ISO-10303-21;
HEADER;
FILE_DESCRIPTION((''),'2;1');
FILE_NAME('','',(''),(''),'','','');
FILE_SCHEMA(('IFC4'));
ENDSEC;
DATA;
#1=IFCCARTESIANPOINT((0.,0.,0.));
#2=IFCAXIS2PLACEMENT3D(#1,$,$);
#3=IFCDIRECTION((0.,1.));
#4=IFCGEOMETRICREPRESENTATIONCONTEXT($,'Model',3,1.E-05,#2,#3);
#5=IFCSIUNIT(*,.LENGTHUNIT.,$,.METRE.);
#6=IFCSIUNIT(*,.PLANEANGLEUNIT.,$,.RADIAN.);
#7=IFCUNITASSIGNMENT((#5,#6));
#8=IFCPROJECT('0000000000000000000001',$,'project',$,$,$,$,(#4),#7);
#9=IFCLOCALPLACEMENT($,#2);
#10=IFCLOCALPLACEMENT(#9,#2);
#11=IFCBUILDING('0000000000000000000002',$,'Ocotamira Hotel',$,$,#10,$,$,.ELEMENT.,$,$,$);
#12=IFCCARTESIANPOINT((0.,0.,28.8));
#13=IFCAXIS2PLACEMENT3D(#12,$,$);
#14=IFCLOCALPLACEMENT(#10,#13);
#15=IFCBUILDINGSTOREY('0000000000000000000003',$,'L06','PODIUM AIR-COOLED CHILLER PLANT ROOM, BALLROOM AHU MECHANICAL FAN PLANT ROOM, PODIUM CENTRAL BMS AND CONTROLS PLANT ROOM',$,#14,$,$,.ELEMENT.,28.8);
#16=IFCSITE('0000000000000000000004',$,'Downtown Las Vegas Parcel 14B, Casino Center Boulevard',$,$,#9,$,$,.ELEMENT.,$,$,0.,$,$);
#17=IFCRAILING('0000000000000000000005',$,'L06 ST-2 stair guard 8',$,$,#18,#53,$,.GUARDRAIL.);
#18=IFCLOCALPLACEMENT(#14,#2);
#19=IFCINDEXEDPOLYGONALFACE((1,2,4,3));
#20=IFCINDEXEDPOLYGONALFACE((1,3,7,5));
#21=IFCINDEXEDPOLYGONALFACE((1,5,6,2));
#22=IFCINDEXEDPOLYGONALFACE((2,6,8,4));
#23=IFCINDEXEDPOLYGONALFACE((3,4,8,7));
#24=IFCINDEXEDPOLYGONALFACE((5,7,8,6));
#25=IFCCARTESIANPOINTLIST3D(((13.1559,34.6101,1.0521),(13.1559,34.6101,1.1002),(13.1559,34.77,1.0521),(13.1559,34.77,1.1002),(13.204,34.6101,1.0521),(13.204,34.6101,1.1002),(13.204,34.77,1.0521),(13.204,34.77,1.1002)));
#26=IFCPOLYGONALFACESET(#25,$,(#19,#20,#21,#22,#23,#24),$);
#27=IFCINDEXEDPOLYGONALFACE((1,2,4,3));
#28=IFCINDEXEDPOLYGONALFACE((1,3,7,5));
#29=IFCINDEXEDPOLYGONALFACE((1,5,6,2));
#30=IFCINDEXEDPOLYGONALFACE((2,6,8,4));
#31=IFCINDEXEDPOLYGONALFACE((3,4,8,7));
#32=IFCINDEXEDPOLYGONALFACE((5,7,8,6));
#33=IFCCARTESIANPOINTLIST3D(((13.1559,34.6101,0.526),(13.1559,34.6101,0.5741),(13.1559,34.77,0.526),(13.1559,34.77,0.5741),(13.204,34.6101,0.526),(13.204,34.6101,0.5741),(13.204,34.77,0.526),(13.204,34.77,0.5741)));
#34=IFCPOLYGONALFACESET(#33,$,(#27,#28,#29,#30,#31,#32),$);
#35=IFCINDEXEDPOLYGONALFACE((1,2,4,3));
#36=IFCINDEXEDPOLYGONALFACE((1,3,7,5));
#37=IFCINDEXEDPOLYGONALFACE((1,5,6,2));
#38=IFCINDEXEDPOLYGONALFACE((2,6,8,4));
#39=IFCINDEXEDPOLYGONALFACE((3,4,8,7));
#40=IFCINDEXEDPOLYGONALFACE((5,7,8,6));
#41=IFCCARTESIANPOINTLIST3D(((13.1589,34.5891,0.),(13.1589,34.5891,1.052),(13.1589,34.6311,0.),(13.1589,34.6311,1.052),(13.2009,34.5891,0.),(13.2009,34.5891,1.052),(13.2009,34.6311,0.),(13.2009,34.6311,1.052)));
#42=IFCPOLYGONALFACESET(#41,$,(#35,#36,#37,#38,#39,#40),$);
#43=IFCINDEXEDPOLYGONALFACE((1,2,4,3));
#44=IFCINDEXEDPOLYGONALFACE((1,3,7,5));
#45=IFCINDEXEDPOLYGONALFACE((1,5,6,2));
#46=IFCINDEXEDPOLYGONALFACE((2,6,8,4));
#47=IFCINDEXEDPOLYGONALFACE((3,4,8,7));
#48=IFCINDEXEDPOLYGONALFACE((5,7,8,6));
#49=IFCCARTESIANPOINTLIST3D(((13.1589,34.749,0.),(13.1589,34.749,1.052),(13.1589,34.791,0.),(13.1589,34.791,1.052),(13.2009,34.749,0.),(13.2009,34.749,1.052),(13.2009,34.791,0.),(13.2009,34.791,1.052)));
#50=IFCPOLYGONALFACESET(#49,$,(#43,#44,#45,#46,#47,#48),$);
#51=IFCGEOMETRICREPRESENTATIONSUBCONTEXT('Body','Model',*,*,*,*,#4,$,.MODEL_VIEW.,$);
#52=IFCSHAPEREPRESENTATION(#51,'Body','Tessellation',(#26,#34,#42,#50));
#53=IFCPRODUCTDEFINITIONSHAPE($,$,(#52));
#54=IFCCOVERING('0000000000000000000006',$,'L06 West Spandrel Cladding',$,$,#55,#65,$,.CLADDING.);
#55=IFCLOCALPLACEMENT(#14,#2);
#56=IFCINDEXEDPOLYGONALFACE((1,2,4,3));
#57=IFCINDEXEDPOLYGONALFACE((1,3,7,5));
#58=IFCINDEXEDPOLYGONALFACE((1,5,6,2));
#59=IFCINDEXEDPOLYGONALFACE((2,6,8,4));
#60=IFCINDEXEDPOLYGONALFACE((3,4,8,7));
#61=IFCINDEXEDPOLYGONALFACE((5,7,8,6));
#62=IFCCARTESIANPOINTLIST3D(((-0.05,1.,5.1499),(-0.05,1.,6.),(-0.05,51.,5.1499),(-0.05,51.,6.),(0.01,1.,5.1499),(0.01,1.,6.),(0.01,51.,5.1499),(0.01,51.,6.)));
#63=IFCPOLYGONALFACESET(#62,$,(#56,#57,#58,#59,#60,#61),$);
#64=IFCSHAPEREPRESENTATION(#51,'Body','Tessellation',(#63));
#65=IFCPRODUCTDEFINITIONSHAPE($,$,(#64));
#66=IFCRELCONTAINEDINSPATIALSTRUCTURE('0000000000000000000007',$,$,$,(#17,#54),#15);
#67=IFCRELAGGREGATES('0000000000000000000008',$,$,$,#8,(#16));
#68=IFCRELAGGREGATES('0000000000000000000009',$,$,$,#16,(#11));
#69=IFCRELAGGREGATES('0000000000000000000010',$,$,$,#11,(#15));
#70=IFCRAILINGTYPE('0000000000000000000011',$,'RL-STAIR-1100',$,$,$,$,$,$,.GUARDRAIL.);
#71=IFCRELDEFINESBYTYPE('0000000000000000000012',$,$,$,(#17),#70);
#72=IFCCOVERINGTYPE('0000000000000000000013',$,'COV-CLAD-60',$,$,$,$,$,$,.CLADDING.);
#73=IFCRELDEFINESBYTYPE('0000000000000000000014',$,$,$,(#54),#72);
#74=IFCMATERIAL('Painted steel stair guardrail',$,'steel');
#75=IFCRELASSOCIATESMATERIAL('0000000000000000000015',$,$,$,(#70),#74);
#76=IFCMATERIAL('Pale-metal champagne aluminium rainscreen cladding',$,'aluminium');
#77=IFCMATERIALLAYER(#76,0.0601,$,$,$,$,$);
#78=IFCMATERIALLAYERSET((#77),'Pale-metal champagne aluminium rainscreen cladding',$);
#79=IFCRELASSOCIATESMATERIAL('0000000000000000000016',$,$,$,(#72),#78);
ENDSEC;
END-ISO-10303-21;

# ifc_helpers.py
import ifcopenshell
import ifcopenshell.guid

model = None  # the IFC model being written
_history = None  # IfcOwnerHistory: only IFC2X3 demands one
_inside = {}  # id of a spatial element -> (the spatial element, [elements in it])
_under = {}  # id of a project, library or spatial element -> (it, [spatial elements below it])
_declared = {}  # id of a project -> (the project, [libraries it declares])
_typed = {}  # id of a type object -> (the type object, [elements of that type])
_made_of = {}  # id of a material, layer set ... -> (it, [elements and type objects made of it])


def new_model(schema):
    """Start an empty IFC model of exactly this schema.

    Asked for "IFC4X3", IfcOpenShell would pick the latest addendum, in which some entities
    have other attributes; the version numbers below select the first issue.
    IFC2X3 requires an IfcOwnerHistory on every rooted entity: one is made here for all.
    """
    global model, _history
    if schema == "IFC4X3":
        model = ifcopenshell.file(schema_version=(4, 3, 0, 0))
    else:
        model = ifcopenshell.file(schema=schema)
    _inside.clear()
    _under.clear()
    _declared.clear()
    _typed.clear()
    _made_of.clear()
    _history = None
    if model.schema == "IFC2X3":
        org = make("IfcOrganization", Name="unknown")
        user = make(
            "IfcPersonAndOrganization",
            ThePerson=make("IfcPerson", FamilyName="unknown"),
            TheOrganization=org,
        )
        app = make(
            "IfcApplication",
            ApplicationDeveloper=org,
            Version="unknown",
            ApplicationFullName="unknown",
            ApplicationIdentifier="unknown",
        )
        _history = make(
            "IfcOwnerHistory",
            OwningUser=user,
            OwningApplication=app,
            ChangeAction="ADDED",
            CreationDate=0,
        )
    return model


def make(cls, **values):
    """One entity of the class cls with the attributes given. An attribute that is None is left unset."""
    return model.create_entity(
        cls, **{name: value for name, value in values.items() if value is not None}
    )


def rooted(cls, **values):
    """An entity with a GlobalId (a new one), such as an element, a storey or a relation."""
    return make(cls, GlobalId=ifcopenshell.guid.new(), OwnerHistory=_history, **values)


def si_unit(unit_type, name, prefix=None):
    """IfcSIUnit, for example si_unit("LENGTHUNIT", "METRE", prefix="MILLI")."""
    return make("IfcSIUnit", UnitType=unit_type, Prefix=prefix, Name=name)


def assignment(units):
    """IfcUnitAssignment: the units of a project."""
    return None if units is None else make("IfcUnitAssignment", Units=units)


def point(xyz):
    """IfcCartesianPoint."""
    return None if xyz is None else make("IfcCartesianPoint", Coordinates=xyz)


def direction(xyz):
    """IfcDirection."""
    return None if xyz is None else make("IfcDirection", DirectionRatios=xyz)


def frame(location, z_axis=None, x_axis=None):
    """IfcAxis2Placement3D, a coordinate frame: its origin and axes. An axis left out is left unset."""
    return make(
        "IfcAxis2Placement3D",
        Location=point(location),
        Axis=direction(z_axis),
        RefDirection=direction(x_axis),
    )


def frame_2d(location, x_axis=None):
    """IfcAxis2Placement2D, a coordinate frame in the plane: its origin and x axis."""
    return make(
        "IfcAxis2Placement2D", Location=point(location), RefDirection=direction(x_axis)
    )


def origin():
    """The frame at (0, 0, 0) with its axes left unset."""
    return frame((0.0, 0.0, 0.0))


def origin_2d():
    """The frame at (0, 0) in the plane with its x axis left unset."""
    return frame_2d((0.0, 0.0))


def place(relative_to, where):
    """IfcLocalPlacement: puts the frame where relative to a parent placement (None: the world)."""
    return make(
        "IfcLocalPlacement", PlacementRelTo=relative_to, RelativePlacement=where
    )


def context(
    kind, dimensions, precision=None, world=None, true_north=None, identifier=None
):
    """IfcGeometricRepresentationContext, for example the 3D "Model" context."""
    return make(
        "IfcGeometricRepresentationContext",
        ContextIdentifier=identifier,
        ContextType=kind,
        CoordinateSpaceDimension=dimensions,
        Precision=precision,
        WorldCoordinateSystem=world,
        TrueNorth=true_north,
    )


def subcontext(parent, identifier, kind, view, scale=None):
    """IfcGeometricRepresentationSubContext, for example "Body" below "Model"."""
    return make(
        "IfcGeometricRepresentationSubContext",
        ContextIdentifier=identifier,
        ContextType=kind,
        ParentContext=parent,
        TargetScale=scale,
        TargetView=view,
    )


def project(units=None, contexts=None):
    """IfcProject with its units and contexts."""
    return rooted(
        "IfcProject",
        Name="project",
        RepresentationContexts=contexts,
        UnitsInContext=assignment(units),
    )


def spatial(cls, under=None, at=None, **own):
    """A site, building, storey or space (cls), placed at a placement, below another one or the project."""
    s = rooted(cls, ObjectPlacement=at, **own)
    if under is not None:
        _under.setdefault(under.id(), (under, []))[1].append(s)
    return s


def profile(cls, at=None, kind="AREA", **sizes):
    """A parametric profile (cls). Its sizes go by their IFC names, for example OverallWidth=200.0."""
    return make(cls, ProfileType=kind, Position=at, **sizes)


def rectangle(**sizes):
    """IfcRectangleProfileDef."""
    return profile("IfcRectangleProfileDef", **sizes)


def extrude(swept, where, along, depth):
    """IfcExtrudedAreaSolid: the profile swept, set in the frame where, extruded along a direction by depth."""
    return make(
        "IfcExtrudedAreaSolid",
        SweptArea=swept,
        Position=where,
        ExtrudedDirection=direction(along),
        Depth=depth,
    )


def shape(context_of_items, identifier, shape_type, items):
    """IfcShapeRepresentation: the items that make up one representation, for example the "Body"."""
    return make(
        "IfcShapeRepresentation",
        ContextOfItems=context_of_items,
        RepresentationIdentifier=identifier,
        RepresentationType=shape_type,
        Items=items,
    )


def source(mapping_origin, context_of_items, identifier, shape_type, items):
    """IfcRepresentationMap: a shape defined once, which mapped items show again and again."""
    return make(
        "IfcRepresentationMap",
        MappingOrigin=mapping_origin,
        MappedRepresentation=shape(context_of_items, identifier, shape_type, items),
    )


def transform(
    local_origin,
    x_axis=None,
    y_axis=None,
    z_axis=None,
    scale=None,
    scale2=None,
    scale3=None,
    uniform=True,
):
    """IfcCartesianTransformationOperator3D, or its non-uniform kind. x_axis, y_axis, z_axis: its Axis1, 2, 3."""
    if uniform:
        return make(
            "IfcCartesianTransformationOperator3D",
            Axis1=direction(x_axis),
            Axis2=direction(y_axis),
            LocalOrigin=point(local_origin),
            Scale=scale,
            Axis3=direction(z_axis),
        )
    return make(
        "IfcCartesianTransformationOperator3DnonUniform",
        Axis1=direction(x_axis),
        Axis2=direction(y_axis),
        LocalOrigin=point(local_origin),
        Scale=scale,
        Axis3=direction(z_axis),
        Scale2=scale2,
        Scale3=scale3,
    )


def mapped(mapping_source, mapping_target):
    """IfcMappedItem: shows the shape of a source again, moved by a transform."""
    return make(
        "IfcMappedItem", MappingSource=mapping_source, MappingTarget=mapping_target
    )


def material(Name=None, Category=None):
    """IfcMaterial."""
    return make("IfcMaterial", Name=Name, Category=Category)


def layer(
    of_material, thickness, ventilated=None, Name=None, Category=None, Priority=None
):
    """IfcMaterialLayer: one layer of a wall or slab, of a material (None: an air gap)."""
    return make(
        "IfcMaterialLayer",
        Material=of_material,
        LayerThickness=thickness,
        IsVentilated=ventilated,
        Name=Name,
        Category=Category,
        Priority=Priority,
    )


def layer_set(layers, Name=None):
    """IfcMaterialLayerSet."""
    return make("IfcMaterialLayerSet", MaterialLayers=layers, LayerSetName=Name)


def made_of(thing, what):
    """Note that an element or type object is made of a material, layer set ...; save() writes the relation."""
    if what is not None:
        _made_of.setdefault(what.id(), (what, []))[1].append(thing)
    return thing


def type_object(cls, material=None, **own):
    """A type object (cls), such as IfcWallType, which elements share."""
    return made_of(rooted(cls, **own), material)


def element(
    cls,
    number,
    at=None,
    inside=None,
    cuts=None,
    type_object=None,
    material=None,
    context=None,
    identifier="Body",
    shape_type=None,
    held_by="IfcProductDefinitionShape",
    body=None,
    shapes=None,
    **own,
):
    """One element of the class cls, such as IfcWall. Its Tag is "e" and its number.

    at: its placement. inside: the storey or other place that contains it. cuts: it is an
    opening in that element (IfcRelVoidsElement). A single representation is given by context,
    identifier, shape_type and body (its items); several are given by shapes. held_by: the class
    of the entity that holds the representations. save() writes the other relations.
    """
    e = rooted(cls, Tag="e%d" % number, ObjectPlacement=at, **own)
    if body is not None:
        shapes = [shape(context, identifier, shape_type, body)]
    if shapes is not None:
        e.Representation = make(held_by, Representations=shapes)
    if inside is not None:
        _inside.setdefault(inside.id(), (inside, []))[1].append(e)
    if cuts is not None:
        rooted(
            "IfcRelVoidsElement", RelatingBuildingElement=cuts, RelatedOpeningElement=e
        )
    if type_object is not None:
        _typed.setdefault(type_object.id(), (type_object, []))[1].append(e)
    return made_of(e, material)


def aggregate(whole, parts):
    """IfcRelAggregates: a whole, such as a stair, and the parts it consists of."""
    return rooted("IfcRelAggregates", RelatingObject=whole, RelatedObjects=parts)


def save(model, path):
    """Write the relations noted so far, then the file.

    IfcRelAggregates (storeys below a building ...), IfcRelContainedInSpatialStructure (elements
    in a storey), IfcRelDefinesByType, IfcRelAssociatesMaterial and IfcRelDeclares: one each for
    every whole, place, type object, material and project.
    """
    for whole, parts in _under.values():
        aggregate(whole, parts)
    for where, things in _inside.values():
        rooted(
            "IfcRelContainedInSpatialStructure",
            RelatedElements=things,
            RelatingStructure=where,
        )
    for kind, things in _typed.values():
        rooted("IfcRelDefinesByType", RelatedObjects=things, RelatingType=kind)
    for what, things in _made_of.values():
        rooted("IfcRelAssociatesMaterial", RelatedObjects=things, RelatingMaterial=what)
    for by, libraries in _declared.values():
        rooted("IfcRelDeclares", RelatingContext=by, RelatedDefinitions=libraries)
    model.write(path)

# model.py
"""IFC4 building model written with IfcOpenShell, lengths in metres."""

from ifc_helpers import new_model, si_unit, direction, frame, origin, origin_2d, place, context, subcontext, project, spatial, rectangle, extrude, source, transform, mapped, material, layer, layer_set, type_object, element, save


model = new_model("IFC4")

# Units and contexts
model_context = context("Model", 3, precision=1e-05, world=origin(), true_north=direction((0.0, 1.0)))
body_context = subcontext(model_context, "Body", "Model", "MODEL_VIEW")
ifc_project = project(units=[si_unit("LENGTHUNIT", "METRE"), si_unit("PLANEANGLEUNIT", "RADIAN")], contexts=[model_context])

# Site, building, storey
site_placement = place(None, origin())
site = spatial("IfcSite", under=ifc_project, at=site_placement, Name="Downtown Las Vegas Parcel 14B, Casino Center Boulevard", CompositionType="ELEMENT", RefElevation=0.0)
building_placement = place(site_placement, origin())
building = spatial("IfcBuilding", under=site, at=building_placement, Name="Ocotamira Hotel", CompositionType="ELEMENT")
storey_placement = place(building_placement, frame((0.0, 0.0, 28.8)))
storey = spatial("IfcBuildingStorey", under=building, at=storey_placement, Name="L06", Description="PODIUM AIR-COOLED CHILLER PLANT ROOM, BALLROOM AHU MECHANICAL FAN PLANT ROOM, PODIUM CENTRAL BMS AND CONTROLS PLANT ROOM", CompositionType="ELEMENT", Elevation=28.8)

# Railing
ifc_material_1 = material(Name="Painted steel stair guardrail", Category="steel")
railing_type_1 = type_object("IfcRailingType", Name="RL-STAIR-1100", PredefinedType="GUARDRAIL", material=ifc_material_1)
railing_1_placement = place(storey_placement, frame((13.1799, 34.6101, 0.0)))
element("IfcRailing", 1, at=railing_1_placement, inside=storey, type_object=railing_type_1, Name="L06 ST-2 stair guard 8", PredefinedType="GUARDRAIL", context=body_context, shape_type="SweptSolid", body=[
    extrude(rectangle(XDim=0.0481, YDim=0.0481, at=origin_2d()), frame((0.0, 0.0, 1.0762), z_axis=(0.0, 1.0, 0.0), x_axis=(-1.0, 0.0, 0.0)), (0.0, 0.0, 1.0), 0.1599),
    extrude(rectangle(XDim=0.0481, YDim=0.0481, at=origin_2d()), frame((0.0, 0.0, 0.55), z_axis=(0.0, 1.0, 0.0), x_axis=(-1.0, 0.0, 0.0)), (0.0, 0.0, 1.0), 0.1599),
    extrude(rectangle(XDim=0.042, YDim=0.042, at=origin_2d()), origin(), (0.0, 0.0, 1.0), 1.052),
    extrude(rectangle(XDim=0.042, YDim=0.042, at=origin_2d()), frame((0.0, 0.1599, 0.0)), (0.0, 0.0, 1.0), 1.052),
])

# Covering
ifc_material_2 = material(Name="Pale-metal champagne aluminium rainscreen cladding", Category="aluminium")
ifc_layer_1 = layer(ifc_material_2, 0.0601)
ifc_layer_set_1 = layer_set([ifc_layer_1], Name="Pale-metal champagne aluminium rainscreen cladding")
covering_type = type_object("IfcCoveringType", Name="COV-CLAD-60", PredefinedType="CLADDING", material=ifc_layer_set_1)
shared_shape_1 = source(origin(), body_context, "Body", "SweptSolid", [
    extrude(rectangle(XDim=0.0601, YDim=50.0, at=origin_2d()), origin(), (0.0, 0.0, 1.0), 0.8501),
])
covering_placement = place(storey_placement, frame((-0.02, 26.0, 5.1499), z_axis=(0.0, 0.0, 1.0), x_axis=(1.0, 0.0, 0.0)))
element("IfcCovering", 2, at=covering_placement, inside=storey, type_object=covering_type, Name="L06 West Spandrel Cladding", PredefinedType="CLADDING", context=body_context, shape_type="MappedRepresentation", body=[
    mapped(shared_shape_1, transform((0.0, 0.0, 0.0), scale=1.0)),
])

save(model, "model.ifc")
